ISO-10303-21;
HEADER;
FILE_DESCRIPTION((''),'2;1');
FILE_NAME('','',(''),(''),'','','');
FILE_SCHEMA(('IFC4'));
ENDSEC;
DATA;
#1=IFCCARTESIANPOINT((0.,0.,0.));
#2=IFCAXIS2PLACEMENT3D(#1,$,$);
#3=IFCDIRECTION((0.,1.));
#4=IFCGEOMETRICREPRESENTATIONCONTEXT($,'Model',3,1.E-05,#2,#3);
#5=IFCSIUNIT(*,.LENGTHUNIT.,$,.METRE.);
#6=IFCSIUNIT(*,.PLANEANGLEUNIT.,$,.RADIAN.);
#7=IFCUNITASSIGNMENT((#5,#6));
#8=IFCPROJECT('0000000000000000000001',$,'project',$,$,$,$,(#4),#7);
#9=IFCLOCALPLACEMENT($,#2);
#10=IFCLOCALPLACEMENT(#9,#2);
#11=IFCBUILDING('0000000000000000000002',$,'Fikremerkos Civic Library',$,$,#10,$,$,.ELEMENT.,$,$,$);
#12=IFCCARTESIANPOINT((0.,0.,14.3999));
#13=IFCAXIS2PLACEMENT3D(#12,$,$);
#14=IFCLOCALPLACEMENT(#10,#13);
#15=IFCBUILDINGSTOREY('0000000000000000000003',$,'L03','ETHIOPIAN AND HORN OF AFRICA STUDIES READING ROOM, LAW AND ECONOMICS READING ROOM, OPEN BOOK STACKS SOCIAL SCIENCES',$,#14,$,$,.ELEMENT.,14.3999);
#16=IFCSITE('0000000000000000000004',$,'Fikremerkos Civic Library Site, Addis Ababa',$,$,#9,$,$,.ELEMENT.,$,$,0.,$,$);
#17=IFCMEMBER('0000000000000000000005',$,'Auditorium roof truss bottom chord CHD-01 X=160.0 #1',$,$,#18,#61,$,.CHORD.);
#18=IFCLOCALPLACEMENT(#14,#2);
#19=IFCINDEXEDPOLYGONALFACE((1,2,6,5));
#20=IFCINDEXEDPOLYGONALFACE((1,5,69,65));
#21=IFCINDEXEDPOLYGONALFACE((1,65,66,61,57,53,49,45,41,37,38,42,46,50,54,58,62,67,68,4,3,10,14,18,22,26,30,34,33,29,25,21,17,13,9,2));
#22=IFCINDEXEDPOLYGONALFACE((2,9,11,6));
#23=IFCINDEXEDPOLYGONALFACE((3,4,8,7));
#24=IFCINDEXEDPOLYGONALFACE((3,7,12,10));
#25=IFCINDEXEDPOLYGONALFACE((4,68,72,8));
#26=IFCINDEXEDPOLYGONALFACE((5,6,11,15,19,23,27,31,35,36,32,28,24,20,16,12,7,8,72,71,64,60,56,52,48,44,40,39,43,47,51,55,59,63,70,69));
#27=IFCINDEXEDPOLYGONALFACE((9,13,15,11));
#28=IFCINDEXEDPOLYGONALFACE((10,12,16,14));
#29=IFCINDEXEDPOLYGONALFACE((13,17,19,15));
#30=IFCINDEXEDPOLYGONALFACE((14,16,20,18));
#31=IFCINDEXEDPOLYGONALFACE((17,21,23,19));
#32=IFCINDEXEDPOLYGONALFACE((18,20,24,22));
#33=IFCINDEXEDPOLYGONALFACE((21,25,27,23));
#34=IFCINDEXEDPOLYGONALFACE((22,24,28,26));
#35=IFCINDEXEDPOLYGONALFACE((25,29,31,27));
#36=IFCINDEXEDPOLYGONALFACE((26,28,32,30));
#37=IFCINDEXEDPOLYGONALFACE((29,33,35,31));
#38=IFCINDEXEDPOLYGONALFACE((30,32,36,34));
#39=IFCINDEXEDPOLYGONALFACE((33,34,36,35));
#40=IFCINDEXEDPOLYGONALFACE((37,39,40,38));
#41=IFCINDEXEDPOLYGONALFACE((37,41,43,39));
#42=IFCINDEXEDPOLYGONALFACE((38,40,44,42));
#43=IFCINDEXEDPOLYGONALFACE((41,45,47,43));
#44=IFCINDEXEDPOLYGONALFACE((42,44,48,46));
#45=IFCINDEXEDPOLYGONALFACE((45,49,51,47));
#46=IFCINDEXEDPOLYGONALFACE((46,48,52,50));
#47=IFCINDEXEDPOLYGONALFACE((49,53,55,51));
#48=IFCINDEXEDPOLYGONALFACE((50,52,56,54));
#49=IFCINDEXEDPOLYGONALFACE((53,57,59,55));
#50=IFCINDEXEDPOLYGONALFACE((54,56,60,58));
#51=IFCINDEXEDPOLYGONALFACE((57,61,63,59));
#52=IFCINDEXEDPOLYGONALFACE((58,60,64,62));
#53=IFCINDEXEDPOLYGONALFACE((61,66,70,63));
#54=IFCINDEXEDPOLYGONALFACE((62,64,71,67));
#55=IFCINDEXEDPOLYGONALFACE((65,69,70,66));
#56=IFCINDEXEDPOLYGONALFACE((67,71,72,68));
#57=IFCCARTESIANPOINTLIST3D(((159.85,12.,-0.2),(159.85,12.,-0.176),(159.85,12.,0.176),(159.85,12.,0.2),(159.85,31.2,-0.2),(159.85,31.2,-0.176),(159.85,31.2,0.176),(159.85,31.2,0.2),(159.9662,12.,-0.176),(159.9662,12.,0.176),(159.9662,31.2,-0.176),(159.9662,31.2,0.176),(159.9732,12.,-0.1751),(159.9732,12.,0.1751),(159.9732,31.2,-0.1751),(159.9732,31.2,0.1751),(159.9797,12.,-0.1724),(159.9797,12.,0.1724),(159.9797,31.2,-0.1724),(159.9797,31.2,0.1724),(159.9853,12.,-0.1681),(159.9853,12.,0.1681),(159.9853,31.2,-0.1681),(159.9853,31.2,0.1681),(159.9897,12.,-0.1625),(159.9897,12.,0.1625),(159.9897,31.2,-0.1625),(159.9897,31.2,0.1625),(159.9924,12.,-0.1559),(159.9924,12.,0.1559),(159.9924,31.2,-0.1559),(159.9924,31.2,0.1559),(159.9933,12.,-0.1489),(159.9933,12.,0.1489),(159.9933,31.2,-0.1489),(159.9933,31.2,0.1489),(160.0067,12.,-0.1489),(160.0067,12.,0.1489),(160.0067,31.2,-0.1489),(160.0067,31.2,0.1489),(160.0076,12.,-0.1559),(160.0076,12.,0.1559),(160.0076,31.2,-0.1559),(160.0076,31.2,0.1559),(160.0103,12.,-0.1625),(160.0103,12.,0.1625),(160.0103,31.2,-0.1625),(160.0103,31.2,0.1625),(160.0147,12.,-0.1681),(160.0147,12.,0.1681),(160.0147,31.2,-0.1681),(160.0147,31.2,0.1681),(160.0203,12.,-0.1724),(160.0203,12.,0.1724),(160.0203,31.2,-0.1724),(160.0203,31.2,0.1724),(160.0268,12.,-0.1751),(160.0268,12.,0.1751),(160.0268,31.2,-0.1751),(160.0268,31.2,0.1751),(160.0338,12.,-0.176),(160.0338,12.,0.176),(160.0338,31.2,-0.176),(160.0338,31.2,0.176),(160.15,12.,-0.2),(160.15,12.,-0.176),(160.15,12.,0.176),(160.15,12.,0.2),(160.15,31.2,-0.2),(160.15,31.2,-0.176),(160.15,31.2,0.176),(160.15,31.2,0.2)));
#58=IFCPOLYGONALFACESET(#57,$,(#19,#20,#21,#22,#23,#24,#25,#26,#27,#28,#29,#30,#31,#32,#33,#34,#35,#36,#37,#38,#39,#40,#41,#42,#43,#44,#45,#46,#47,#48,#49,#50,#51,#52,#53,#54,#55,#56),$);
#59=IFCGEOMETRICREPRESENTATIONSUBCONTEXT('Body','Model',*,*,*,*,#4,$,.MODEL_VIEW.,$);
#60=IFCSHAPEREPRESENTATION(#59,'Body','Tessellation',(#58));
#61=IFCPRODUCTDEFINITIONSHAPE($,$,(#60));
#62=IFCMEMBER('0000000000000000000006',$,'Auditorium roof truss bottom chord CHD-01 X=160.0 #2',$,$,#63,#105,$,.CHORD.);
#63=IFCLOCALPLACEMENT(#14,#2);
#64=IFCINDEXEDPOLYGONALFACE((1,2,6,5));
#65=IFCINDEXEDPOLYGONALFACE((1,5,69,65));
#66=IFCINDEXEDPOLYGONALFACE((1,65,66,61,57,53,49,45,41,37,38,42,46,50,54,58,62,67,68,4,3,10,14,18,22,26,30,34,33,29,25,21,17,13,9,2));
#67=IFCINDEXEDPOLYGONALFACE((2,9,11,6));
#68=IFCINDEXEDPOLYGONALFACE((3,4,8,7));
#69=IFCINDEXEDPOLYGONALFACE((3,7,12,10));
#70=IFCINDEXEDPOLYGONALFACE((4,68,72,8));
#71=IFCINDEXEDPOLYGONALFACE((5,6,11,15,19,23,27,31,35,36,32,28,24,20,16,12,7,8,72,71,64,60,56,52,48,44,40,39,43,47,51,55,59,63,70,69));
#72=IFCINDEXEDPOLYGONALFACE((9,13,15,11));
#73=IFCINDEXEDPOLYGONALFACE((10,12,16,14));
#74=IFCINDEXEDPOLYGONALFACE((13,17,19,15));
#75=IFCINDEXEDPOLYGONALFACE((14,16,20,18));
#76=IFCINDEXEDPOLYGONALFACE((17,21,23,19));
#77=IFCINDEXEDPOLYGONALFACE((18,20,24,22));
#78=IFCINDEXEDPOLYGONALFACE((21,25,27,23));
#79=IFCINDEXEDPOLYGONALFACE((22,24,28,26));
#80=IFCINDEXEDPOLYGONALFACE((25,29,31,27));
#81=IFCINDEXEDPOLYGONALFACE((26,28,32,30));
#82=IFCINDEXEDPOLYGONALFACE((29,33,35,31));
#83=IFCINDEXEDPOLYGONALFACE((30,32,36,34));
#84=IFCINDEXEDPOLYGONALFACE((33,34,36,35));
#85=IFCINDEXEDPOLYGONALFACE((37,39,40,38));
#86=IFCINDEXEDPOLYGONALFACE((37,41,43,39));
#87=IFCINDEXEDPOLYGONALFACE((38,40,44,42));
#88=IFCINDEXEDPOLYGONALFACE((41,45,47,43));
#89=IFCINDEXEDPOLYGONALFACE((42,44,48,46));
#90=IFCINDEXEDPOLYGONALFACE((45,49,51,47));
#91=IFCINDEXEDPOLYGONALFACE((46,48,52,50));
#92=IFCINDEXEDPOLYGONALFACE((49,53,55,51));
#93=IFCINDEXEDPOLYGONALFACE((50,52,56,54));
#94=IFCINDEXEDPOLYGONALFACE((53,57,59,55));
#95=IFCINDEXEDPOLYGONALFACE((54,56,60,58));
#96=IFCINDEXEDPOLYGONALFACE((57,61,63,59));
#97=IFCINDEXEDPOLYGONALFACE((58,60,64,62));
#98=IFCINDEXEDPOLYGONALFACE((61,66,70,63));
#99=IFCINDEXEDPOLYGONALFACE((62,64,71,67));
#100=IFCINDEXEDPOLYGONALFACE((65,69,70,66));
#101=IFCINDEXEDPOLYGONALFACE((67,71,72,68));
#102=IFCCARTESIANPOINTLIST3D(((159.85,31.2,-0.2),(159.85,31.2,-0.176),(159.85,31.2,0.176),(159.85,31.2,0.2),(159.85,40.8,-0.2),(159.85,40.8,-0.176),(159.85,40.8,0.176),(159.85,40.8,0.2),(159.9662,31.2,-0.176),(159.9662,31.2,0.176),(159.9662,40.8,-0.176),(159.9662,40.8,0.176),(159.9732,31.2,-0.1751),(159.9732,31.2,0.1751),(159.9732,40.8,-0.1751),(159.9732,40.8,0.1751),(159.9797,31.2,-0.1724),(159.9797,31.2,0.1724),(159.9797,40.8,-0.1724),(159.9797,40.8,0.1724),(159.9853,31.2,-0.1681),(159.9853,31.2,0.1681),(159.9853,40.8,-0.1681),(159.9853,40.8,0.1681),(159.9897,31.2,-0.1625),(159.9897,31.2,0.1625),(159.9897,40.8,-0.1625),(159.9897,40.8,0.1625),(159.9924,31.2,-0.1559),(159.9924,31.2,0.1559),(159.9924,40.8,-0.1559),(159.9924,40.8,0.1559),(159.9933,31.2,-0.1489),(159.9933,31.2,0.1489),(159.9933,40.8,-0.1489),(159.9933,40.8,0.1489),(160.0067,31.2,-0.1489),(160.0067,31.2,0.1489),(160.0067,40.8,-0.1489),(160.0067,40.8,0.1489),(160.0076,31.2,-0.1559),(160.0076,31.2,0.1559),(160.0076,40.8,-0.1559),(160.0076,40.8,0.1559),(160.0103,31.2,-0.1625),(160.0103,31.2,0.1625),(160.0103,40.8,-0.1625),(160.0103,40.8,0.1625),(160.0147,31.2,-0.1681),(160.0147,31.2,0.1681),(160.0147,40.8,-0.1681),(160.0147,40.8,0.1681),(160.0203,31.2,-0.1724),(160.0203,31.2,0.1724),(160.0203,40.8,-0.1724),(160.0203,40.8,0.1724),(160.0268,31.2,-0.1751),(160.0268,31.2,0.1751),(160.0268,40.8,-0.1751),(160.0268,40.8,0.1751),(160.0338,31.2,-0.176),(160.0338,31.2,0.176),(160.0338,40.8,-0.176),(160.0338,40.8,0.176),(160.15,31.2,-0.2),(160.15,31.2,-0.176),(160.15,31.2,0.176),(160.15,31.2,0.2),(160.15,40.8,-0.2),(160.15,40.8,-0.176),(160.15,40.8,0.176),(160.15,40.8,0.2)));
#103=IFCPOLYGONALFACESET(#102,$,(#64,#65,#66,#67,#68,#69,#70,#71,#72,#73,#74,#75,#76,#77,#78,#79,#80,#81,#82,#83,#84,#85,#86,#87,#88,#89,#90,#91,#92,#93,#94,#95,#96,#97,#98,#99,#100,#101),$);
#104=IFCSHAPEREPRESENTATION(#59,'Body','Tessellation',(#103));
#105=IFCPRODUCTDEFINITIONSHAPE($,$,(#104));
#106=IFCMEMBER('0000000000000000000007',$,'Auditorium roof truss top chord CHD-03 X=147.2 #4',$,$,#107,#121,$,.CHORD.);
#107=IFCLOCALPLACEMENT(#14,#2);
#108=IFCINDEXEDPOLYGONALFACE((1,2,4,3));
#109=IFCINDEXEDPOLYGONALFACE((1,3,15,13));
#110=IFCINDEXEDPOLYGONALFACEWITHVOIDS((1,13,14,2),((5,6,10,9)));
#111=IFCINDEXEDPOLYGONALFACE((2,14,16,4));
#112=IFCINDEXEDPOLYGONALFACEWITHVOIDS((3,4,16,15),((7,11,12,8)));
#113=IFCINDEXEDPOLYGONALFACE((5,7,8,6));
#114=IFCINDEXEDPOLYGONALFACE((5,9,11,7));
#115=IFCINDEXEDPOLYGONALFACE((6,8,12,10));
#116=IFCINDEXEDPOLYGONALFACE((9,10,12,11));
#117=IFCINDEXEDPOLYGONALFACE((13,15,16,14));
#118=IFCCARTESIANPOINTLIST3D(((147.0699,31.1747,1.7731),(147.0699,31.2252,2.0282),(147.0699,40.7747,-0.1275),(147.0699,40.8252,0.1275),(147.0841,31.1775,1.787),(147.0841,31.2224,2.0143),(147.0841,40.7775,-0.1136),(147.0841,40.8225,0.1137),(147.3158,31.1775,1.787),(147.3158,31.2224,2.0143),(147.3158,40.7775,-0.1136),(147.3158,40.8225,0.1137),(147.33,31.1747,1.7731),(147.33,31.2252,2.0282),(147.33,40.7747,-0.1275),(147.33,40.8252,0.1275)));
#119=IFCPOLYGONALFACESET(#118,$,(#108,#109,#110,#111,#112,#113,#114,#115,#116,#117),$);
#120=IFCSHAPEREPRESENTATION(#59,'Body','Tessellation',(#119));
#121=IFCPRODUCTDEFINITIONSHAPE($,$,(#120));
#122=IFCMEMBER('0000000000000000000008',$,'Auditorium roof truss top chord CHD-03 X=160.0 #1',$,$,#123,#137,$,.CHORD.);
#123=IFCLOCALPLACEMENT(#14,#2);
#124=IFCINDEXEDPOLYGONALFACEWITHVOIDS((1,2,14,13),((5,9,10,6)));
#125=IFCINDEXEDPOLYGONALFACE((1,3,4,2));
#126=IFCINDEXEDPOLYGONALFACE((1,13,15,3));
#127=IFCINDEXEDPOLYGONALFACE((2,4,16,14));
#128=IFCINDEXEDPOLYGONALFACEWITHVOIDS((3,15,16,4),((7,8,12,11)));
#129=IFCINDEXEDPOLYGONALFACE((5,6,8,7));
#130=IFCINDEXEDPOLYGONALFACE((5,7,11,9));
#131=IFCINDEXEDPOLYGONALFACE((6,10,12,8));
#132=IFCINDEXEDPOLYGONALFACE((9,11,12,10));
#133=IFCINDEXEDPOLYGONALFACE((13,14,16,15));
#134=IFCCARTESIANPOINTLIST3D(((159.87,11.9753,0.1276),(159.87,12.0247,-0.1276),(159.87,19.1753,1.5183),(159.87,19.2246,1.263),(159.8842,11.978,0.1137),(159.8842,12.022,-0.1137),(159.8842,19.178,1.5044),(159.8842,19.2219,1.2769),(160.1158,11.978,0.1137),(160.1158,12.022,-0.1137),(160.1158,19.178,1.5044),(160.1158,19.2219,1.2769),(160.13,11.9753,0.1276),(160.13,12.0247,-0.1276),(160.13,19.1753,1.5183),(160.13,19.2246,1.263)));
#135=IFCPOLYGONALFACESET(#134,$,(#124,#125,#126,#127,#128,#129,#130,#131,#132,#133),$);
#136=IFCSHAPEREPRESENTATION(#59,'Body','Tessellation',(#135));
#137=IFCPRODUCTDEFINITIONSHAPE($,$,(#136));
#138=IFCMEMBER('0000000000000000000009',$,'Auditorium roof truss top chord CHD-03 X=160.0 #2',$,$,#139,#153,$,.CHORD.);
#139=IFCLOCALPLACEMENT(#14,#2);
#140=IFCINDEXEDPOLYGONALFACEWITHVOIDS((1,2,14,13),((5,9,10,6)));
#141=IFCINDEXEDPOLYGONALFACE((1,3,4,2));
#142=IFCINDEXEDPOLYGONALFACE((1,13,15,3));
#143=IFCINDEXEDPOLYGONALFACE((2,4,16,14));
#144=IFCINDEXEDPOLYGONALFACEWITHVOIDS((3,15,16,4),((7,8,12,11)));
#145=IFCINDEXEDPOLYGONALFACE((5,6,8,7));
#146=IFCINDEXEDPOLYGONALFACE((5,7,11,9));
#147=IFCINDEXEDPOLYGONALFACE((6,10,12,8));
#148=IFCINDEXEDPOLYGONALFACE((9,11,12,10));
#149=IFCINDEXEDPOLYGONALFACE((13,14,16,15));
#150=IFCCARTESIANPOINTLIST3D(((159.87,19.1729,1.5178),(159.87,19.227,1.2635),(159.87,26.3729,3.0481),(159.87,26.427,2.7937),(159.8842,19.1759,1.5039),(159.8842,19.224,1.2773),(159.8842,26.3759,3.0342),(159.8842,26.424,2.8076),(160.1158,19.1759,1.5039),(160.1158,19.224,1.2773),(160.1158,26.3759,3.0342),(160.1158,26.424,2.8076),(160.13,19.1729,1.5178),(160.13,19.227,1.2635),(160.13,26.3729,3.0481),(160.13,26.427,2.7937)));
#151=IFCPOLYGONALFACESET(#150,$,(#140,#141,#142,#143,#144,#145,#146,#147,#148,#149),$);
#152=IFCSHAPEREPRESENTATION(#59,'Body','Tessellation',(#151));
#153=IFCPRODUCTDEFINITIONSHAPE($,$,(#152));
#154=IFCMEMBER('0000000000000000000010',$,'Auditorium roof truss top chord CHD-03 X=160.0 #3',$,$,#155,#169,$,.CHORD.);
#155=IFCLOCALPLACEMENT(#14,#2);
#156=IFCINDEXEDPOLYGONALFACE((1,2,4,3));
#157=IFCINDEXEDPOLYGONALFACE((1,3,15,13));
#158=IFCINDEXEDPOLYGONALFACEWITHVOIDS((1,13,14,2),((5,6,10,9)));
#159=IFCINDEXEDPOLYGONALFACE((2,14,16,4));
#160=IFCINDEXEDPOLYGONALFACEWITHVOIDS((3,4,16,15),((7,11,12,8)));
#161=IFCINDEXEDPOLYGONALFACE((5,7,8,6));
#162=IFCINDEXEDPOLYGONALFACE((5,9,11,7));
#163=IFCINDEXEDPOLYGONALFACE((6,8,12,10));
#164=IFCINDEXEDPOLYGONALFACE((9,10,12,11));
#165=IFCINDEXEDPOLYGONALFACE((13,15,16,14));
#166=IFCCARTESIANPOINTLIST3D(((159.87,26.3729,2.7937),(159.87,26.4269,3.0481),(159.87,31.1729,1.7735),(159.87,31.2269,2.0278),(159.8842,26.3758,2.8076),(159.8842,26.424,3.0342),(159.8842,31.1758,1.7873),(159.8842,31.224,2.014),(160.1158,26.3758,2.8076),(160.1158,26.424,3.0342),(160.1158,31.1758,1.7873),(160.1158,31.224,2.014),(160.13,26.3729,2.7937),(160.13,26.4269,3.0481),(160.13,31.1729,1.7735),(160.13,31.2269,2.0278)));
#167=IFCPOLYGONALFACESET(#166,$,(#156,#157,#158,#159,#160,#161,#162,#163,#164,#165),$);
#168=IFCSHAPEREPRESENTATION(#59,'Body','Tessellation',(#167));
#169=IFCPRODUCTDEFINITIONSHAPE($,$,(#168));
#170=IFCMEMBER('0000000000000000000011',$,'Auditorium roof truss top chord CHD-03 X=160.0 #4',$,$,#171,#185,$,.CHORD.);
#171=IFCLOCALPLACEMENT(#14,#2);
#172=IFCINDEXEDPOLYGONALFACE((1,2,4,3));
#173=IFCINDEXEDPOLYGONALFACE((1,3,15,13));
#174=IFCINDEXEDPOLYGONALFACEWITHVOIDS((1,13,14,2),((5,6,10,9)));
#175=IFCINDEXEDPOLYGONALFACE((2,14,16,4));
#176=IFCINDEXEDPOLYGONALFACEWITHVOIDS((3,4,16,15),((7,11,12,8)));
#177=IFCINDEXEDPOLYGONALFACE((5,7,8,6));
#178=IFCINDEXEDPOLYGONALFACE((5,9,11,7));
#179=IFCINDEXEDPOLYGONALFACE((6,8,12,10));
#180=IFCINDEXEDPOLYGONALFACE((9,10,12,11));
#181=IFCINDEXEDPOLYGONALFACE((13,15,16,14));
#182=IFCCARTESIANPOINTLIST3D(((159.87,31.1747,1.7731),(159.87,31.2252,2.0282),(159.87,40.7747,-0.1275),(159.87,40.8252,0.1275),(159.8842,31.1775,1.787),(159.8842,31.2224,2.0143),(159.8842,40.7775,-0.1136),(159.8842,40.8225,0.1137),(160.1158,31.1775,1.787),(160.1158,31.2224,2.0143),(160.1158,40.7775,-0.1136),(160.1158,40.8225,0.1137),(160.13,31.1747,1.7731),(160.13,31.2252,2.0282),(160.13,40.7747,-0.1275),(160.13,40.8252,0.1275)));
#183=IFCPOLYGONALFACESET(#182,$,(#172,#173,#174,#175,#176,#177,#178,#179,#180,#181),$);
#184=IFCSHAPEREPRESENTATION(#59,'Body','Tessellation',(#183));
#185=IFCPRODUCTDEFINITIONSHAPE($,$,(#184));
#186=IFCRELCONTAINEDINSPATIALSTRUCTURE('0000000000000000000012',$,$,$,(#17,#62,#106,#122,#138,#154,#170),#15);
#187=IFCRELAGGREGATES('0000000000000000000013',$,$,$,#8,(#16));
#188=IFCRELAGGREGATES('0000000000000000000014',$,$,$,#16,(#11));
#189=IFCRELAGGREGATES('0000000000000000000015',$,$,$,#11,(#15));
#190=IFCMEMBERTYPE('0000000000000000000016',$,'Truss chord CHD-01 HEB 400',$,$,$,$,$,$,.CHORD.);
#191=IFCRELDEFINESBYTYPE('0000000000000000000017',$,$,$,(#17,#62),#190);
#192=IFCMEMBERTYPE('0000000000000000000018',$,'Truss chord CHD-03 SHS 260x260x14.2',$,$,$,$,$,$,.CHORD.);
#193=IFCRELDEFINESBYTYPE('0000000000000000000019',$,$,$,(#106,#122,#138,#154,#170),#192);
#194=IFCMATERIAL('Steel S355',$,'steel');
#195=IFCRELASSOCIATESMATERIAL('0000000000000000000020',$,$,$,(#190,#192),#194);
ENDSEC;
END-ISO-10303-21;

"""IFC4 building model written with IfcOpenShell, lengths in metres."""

from ifc_helpers import new_model, si_unit, direction, frame, origin, origin_2d, place, context, subcontext, project, spatial, hollow_rectangle, i_section, extrude, material, material_profile, profile_set, type_object, element, save


model = new_model("IFC4")

# Units and contexts
model_context = context("Model", 3, precision=1e-05, world=origin(), true_north=direction((0.0, 1.0)))
body_context = subcontext(model_context, "Body", "Model", "MODEL_VIEW")
ifc_project = project(units=[si_unit("LENGTHUNIT", "METRE"), si_unit("PLANEANGLEUNIT", "RADIAN")], contexts=[model_context])

# Site, building, storey
site_placement = place(None, origin())
site = spatial("IfcSite", under=ifc_project, at=site_placement, Name="Fikremerkos Civic Library Site, Addis Ababa", CompositionType="ELEMENT", RefElevation=0.0)
building_placement = place(site_placement, origin())
building = spatial("IfcBuilding", under=site, at=building_placement, Name="Fikremerkos Civic Library", CompositionType="ELEMENT")
storey_placement = place(building_placement, frame((0.0, 0.0, 14.3999)))
storey = spatial("IfcBuildingStorey", under=building, at=storey_placement, Name="L03", Description="ETHIOPIAN AND HORN OF AFRICA STUDIES READING ROOM, LAW AND ECONOMICS READING ROOM, OPEN BOOK STACKS SOCIAL SCIENCES", CompositionType="ELEMENT", Elevation=14.3999)

# Members
ifc_material_1 = material(Name="Steel S355", Category="steel")
ifc_material_profile_1 = material_profile(ifc_material_1, i_section(OverallWidth=0.3, OverallDepth=0.3999, WebThickness=0.0134, FlangeThickness=0.0239, FilletRadius=0.0271, at=origin_2d()), Name="HEB 400")
ifc_profile_set_1 = profile_set([ifc_material_profile_1], Name="Steel S355")
member_type_1 = type_object("IfcMemberType", Name="Truss chord CHD-01 HEB 400", PredefinedType="CHORD", material=ifc_profile_set_1)
member_1_placement = place(storey_placement, frame((160.0, 12.0, 0.0), z_axis=(0.0, 1.0, 0.0), x_axis=(-1.0, 0.0, 0.0)))
element("IfcMember", 1, at=member_1_placement, inside=storey, type_object=member_type_1, Name="Auditorium roof truss bottom chord CHD-01 X=160.0 #1", PredefinedType="CHORD", context=body_context, shape_type="SweptSolid", body=[
    extrude(i_section(OverallWidth=0.3, OverallDepth=0.3999, WebThickness=0.0134, FlangeThickness=0.0239, FilletRadius=0.0271, at=origin_2d()), origin(), (0.0, 0.0, 1.0), 19.2),
])
member_2_placement = place(storey_placement, frame((160.0, 31.2, 0.0), z_axis=(0.0, 1.0, 0.0), x_axis=(-1.0, 0.0, 0.0)))
element("IfcMember", 2, at=member_2_placement, inside=storey, type_object=member_type_1, Name="Auditorium roof truss bottom chord CHD-01 X=160.0 #2", PredefinedType="CHORD", context=body_context, shape_type="SweptSolid", body=[
    extrude(i_section(OverallWidth=0.3, OverallDepth=0.3999, WebThickness=0.0134, FlangeThickness=0.0239, FilletRadius=0.0271, at=origin_2d()), origin(), (0.0, 0.0, 1.0), 9.6001),
])
ifc_material_profile_2 = material_profile(ifc_material_1, hollow_rectangle(XDim=0.26, YDim=0.26, WallThickness=0.0142, at=origin_2d()), Name="SHS 260x260x14.2")
ifc_profile_set_2 = profile_set([ifc_material_profile_2], Name="Steel S355")
member_type_2 = type_object("IfcMemberType", Name="Truss chord CHD-03 SHS 260x260x14.2", PredefinedType="CHORD", material=ifc_profile_set_2)
member_3_placement = place(storey_placement, frame((147.2, 31.2, 1.9006), z_axis=(0.0, 0.98096, -0.194211), x_axis=(-1.0, 0.0, 0.0)))
element("IfcMember", 3, at=member_3_placement, inside=storey, type_object=member_type_2, Name="Auditorium roof truss top chord CHD-03 X=147.2 #4", PredefinedType="CHORD", context=body_context, shape_type="SweptSolid", body=[
    extrude(hollow_rectangle(XDim=0.26, YDim=0.26, WallThickness=0.0142, at=origin_2d()), origin(), (0.0, 0.0, 1.0), 9.7864),
])
member_4_placement = place(storey_placement, frame((160.0, 12.0, 0.0), z_axis=(0.0, 0.981854, 0.189639), x_axis=(-1.0, 0.0, 0.0)))
element("IfcMember", 4, at=member_4_placement, inside=storey, type_object=member_type_2, Name="Auditorium roof truss top chord CHD-03 X=160.0 #1", PredefinedType="CHORD", context=body_context, shape_type="SweptSolid", body=[
    extrude(hollow_rectangle(XDim=0.26, YDim=0.26, WallThickness=0.0142, at=origin_2d()), origin(), (0.0, 0.0, 1.0), 7.333),
])
member_5_placement = place(storey_placement, frame((160.0, 19.2, 1.3906), z_axis=(0.0, 0.978151, 0.207896), x_axis=(-1.0, 0.0, 0.0)))
element("IfcMember", 5, at=member_5_placement, inside=storey, type_object=member_type_2, Name="Auditorium roof truss top chord CHD-03 X=160.0 #2", PredefinedType="CHORD", context=body_context, shape_type="SweptSolid", body=[
    extrude(hollow_rectangle(XDim=0.26, YDim=0.26, WallThickness=0.0142, at=origin_2d()), origin(), (0.0, 0.0, 1.0), 7.3608),
])
member_6_placement = place(storey_placement, frame((160.0, 26.3999, 2.9209), z_axis=(0.0, 0.978148, -0.207908), x_axis=(-1.0, 0.0, 0.0)))
element("IfcMember", 6, at=member_6_placement, inside=storey, type_object=member_type_2, Name="Auditorium roof truss top chord CHD-03 X=160.0 #3", PredefinedType="CHORD", context=body_context, shape_type="SweptSolid", body=[
    extrude(hollow_rectangle(XDim=0.26, YDim=0.26, WallThickness=0.0142, at=origin_2d()), origin(), (0.0, 0.0, 1.0), 4.9072),
])
member_7_placement = place(storey_placement, frame((160.0, 31.2, 1.9006), z_axis=(0.0, 0.98096, -0.194211), x_axis=(-1.0, 0.0, 0.0)))
element("IfcMember", 7, at=member_7_placement, inside=storey, type_object=member_type_2, Name="Auditorium roof truss top chord CHD-03 X=160.0 #4", PredefinedType="CHORD", context=body_context, shape_type="SweptSolid", body=[
    extrude(hollow_rectangle(XDim=0.26, YDim=0.26, WallThickness=0.0142, at=origin_2d()), origin(), (0.0, 0.0, 1.0), 9.7864),
])

save(model, "model.ifc")
